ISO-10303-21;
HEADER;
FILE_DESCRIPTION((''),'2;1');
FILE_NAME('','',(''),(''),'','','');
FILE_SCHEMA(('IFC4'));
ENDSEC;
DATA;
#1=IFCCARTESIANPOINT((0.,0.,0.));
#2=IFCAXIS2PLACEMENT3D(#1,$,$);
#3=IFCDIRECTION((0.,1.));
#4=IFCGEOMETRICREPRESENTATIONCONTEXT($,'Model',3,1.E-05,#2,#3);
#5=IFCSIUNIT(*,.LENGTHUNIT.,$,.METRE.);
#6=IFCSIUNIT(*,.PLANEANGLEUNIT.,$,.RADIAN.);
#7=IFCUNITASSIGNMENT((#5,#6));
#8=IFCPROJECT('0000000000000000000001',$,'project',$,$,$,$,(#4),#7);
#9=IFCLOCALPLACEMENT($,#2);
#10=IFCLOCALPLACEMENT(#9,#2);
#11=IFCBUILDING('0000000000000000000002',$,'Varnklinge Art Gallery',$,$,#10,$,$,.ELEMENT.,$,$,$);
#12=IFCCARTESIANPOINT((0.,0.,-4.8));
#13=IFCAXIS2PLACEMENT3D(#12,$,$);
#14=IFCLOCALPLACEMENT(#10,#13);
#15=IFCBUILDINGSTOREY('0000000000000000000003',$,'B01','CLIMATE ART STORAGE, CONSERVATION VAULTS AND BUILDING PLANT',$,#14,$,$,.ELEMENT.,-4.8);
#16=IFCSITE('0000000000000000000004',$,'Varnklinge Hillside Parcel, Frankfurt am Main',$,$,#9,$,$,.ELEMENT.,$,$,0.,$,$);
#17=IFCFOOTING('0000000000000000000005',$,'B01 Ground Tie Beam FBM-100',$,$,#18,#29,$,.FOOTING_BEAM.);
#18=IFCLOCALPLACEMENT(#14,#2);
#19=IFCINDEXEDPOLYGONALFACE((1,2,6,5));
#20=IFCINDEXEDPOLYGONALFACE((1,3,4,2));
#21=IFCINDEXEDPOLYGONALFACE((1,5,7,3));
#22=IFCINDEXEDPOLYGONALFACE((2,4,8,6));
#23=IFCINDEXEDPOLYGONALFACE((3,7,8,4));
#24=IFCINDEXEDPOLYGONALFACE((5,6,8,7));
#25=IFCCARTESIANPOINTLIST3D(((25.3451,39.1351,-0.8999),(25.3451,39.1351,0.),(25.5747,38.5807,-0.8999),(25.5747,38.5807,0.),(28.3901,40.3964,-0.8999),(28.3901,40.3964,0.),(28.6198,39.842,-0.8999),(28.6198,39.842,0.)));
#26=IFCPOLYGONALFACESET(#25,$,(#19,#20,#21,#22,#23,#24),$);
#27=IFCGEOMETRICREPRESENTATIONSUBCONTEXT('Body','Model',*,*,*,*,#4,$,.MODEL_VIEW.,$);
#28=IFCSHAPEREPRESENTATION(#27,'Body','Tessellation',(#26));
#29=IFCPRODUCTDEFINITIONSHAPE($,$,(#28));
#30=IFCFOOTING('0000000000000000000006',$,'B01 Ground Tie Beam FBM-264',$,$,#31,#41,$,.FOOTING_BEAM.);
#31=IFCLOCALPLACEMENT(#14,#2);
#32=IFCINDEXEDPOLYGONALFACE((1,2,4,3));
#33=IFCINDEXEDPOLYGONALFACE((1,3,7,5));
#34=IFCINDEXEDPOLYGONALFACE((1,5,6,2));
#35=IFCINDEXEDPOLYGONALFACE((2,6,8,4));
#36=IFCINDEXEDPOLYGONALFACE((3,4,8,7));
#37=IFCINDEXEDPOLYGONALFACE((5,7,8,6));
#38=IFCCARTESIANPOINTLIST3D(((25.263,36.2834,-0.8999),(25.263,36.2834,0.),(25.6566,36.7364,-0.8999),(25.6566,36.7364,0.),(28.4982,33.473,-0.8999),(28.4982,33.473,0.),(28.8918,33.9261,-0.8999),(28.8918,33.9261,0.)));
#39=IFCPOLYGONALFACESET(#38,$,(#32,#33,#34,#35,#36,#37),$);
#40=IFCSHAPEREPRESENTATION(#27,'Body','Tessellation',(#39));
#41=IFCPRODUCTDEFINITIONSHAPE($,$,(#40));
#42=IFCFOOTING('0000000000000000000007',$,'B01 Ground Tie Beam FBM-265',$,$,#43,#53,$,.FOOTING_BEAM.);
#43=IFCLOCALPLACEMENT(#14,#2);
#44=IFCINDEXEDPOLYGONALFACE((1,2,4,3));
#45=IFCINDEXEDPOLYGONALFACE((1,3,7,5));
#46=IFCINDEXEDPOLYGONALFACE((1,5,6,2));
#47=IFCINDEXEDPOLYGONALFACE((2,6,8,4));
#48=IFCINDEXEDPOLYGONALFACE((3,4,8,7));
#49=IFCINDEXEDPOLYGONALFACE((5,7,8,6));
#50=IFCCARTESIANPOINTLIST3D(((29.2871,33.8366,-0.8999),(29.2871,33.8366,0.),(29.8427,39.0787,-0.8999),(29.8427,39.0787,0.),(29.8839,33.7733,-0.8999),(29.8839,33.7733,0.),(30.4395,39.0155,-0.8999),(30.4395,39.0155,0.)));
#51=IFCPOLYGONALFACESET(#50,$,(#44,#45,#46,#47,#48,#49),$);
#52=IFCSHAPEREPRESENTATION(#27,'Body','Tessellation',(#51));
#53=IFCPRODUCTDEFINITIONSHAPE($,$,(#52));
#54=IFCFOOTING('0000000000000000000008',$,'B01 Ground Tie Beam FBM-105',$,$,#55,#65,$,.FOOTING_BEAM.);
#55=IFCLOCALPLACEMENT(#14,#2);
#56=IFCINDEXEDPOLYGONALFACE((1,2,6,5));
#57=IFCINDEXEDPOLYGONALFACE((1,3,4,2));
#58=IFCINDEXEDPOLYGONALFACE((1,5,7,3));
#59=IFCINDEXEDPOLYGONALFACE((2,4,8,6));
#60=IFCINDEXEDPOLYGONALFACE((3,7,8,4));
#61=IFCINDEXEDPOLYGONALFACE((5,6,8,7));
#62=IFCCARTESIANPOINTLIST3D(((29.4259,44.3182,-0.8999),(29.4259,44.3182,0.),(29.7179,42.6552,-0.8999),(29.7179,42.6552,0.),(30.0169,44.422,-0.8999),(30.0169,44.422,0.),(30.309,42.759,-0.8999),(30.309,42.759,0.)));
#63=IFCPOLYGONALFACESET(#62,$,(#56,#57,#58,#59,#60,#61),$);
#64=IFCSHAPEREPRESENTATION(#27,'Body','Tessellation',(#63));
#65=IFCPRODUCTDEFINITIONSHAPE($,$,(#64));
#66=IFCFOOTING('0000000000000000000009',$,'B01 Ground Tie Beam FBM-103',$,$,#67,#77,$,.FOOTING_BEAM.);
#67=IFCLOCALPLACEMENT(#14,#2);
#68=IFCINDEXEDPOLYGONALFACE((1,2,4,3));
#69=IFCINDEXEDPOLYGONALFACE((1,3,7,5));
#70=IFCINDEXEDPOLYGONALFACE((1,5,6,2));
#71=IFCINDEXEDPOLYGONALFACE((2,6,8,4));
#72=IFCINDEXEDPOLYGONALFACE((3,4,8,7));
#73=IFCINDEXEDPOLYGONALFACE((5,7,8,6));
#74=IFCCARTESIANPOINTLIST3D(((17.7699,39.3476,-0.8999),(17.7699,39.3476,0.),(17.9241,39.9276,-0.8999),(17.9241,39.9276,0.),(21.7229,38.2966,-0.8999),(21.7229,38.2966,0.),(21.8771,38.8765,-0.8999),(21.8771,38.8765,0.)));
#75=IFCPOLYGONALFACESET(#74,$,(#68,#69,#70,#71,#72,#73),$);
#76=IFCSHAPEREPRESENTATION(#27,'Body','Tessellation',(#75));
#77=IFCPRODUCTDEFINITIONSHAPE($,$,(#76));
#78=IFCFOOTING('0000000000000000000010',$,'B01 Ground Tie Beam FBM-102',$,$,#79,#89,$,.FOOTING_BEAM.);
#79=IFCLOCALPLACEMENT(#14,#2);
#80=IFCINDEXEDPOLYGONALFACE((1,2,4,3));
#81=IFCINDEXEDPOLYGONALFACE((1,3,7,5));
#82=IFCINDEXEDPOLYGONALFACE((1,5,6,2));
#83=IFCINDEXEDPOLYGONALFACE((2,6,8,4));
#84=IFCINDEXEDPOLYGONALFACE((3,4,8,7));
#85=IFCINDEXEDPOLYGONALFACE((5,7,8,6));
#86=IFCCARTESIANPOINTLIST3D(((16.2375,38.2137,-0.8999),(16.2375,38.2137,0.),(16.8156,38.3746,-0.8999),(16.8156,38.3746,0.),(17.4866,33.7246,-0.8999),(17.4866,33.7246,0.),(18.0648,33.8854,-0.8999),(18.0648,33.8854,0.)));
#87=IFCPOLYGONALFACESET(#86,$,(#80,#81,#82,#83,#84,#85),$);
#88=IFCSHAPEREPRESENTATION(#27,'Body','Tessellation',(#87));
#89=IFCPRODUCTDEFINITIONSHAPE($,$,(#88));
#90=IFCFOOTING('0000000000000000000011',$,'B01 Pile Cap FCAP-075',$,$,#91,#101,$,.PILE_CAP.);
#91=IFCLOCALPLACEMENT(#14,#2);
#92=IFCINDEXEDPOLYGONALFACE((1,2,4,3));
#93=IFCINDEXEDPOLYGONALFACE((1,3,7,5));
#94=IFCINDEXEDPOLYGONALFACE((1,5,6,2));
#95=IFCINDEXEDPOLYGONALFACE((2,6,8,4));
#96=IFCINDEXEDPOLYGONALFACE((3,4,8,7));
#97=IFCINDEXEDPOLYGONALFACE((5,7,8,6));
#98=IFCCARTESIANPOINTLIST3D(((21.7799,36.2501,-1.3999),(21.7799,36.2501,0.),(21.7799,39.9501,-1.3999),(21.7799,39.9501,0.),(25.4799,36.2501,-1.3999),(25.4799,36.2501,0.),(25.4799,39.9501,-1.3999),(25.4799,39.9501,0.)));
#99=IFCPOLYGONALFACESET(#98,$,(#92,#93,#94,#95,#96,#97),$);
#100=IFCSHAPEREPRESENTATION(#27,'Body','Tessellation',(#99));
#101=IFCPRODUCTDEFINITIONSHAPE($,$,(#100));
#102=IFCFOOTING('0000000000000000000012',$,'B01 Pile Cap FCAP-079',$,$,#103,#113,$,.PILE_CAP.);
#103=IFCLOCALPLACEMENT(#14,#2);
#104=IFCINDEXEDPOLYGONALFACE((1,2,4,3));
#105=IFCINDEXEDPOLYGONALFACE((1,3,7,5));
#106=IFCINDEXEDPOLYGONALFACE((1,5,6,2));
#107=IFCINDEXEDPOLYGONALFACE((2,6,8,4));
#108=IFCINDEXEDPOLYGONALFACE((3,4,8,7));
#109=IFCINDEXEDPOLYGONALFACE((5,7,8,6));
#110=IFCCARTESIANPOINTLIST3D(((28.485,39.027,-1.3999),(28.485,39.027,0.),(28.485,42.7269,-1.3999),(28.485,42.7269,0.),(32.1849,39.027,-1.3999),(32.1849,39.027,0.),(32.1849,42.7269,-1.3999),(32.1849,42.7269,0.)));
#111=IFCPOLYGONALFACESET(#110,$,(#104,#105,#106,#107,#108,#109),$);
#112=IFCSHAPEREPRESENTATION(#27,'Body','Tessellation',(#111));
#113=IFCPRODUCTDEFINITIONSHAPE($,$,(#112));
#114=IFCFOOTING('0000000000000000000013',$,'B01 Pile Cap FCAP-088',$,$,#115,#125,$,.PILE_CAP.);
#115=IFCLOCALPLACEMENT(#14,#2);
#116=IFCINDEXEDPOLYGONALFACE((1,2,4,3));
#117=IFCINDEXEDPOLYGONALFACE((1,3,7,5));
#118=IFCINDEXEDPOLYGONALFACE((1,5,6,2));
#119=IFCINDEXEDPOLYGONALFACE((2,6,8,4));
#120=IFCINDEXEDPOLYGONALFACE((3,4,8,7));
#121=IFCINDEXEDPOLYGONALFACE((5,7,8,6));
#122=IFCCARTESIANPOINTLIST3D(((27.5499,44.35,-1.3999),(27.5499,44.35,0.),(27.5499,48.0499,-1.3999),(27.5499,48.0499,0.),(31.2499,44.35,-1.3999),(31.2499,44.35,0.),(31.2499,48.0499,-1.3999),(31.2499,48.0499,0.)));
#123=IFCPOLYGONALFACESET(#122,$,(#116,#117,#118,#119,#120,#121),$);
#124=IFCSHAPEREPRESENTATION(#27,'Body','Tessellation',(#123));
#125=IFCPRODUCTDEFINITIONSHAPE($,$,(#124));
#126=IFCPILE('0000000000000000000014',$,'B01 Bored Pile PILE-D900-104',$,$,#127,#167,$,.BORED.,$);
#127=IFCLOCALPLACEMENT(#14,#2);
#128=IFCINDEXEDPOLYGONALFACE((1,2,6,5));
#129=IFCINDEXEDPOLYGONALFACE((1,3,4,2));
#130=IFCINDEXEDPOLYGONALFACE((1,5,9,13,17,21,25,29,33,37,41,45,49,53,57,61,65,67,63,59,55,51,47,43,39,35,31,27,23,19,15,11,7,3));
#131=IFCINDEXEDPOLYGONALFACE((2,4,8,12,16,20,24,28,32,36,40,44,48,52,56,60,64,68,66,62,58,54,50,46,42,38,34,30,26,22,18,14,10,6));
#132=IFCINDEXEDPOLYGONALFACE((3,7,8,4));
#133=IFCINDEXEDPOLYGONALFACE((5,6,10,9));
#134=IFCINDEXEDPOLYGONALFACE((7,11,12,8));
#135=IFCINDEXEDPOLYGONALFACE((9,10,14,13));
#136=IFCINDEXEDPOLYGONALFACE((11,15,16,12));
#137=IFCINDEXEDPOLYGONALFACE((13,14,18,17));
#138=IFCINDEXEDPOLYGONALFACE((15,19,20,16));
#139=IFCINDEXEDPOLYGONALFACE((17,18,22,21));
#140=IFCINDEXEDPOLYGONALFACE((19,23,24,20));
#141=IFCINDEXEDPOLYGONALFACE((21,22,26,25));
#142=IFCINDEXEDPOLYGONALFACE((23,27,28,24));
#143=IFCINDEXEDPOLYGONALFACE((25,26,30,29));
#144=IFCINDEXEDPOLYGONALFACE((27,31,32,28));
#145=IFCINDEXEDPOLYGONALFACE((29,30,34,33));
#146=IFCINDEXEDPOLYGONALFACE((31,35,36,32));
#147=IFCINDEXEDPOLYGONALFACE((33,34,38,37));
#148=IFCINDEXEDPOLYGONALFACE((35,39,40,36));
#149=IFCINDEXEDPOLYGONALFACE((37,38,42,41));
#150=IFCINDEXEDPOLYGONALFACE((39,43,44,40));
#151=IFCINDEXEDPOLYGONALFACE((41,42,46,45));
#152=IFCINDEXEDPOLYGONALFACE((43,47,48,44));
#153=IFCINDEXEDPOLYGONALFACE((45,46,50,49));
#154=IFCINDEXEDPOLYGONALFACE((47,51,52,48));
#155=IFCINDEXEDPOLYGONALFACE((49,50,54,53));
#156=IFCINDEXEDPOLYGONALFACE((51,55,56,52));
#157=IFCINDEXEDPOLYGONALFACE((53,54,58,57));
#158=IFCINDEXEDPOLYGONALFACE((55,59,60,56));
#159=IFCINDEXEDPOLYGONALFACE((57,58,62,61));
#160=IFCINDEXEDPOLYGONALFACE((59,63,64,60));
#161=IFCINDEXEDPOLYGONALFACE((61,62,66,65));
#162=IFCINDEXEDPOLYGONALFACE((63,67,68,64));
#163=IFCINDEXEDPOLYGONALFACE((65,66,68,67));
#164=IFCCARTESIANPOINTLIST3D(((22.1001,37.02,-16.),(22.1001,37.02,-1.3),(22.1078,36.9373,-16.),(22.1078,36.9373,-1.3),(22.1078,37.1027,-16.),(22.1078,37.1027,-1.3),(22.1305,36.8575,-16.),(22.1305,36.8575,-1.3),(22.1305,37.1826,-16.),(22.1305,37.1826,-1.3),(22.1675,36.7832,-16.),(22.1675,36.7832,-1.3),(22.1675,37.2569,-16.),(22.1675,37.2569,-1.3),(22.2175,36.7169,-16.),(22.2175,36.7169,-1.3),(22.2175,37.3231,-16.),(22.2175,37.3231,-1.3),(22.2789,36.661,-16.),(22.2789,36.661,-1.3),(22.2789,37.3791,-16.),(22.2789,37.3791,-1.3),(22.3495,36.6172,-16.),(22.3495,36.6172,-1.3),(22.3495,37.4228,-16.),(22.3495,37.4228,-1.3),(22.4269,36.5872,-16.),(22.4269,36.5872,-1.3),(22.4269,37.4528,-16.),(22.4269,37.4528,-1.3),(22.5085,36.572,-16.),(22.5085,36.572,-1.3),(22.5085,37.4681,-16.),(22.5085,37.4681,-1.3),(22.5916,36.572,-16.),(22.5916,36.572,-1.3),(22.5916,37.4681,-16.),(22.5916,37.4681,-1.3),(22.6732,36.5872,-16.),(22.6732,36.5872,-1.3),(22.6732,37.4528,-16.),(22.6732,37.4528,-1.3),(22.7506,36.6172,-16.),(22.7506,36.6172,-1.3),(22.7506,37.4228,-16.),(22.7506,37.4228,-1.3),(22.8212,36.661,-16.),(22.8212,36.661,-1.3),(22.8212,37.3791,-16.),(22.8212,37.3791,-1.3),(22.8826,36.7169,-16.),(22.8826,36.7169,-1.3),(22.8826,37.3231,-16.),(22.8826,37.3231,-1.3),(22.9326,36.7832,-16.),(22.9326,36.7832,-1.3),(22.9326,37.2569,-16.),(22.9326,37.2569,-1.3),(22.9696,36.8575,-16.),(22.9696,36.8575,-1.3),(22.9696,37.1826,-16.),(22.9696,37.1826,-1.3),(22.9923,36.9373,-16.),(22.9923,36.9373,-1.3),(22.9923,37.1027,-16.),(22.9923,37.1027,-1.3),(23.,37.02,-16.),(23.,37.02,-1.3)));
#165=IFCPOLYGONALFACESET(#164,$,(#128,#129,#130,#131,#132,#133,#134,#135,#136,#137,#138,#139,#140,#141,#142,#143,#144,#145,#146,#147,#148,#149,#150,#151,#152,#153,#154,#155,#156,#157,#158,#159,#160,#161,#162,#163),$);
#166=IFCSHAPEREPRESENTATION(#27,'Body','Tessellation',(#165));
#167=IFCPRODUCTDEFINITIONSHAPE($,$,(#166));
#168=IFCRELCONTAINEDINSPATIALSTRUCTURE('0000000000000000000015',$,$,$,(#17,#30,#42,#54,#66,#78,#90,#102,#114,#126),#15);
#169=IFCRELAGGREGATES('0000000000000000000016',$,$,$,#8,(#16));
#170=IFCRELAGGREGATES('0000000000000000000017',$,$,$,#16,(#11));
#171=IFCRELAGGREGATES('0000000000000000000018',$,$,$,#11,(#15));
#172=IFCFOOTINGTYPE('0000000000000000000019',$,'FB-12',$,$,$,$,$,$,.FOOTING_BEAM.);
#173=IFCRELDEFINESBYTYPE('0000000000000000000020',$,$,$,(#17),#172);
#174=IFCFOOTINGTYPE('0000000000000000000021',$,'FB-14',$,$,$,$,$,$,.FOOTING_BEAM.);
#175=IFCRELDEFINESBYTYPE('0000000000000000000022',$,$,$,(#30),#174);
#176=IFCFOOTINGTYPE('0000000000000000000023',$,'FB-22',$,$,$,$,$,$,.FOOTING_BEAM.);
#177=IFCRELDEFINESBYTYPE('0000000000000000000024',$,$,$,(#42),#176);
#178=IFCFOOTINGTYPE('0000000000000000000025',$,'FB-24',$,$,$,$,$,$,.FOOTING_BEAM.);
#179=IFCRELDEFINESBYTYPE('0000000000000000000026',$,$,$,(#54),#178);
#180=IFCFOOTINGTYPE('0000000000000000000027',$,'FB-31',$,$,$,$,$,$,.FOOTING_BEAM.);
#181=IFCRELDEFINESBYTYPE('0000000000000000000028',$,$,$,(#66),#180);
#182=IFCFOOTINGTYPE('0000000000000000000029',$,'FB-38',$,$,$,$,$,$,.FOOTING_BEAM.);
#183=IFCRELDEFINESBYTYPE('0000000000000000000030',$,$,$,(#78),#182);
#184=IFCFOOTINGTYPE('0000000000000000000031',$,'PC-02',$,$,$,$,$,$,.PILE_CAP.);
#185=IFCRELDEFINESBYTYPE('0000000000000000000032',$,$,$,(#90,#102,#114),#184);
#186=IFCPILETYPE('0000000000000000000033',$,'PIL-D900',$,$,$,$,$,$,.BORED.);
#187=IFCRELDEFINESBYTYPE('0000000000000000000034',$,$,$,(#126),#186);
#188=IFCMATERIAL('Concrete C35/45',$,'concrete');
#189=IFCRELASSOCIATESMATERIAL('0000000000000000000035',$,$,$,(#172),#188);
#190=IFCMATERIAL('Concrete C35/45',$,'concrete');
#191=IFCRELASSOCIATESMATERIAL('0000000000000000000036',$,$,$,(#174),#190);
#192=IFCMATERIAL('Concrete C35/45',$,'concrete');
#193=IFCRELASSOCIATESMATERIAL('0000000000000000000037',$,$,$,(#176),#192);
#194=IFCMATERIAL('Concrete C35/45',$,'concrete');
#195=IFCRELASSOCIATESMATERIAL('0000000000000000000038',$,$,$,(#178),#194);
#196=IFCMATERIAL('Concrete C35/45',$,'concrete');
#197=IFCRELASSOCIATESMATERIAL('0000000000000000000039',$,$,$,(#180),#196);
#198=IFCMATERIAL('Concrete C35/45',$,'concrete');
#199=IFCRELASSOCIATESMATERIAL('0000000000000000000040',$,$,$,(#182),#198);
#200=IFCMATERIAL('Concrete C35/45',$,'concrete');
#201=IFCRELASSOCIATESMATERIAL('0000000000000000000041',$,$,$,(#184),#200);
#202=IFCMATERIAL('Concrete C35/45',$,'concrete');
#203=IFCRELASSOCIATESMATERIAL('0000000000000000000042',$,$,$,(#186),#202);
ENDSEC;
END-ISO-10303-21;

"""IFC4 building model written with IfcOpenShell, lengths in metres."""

from ifc_helpers import new_model, si_unit, direction, frame, origin, origin_2d, place, context, subcontext, project, spatial, rectangle, circle, extrude, material, material_profile, profile_set, type_object, element, save


model = new_model("IFC4")

# Units and contexts
model_context = context("Model", 3, precision=1e-05, world=origin(), true_north=direction((0.0, 1.0)))
body_context = subcontext(model_context, "Body", "Model", "MODEL_VIEW")
ifc_project = project(units=[si_unit("LENGTHUNIT", "METRE"), si_unit("PLANEANGLEUNIT", "RADIAN")], contexts=[model_context])

# Site, building, storey
site_placement = place(None, origin())
site = spatial("IfcSite", under=ifc_project, at=site_placement, Name="Varnklinge Hillside Parcel, Frankfurt am Main", CompositionType="ELEMENT", RefElevation=0.0)
building_placement = place(site_placement, origin())
building = spatial("IfcBuilding", under=site, at=building_placement, Name="Varnklinge Art Gallery", CompositionType="ELEMENT")
storey_placement = place(building_placement, frame((0.0, 0.0, -4.8)))
storey = spatial("IfcBuildingStorey", under=building, at=storey_placement, Name="B01", Description="CLIMATE ART STORAGE, CONSERVATION VAULTS AND BUILDING PLANT", CompositionType="ELEMENT", Elevation=-4.8)

# Footings
ifc_material_1 = material(Name="Concrete C35/45", Category="concrete")
footing_type_1 = type_object("IfcFootingType", Name="FB-12", PredefinedType="FOOTING_BEAM", material=ifc_material_1)
footing_1_placement = place(storey_placement, frame((26.9824, 39.4885, -0.8999), z_axis=(0.0, 0.0, 1.0), x_axis=(0.92388, 0.382683, 0.0)))
element("IfcFooting", 1, at=footing_1_placement, inside=storey, type_object=footing_type_1, Name="B01 Ground Tie Beam FBM-100", PredefinedType="FOOTING_BEAM", context=body_context, shape_type="SweptSolid", body=[
    extrude(rectangle(XDim=3.2959, YDim=0.6001, at=origin_2d()), origin(), (0.0, 0.0, 1.0), 0.8999),
])
ifc_material_2 = material(Name="Concrete C35/45", Category="concrete")
footing_type_2 = type_object("IfcFootingType", Name="FB-14", PredefinedType="FOOTING_BEAM", material=ifc_material_2)
footing_2_placement = place(storey_placement, frame((27.0774, 35.1047, -0.8999), z_axis=(0.0, 0.0, 1.0), x_axis=(-0.754939, 0.655796, 0.0)))
element("IfcFooting", 2, at=footing_2_placement, inside=storey, type_object=footing_type_2, Name="B01 Ground Tie Beam FBM-264", PredefinedType="FOOTING_BEAM", context=body_context, shape_type="SweptSolid", body=[
    extrude(rectangle(XDim=4.2854, YDim=0.6001, at=origin_2d()), origin(), (0.0, 0.0, 1.0), 0.8999),
])
ifc_material_3 = material(Name="Concrete C35/45", Category="concrete")
footing_type_3 = type_object("IfcFootingType", Name="FB-22", PredefinedType="FOOTING_BEAM", material=ifc_material_3)
footing_3_placement = place(storey_placement, frame((29.8633, 36.426, -0.8999), z_axis=(0.0, 0.0, 1.0), x_axis=(0.105396, 0.99443, 0.0)))
element("IfcFooting", 3, at=footing_3_placement, inside=storey, type_object=footing_type_3, Name="B01 Ground Tie Beam FBM-265", PredefinedType="FOOTING_BEAM", context=body_context, shape_type="SweptSolid", body=[
    extrude(rectangle(XDim=5.2715, YDim=0.6001, at=origin_2d()), origin(), (0.0, 0.0, 1.0), 0.8999),
])
ifc_material_4 = material(Name="Concrete C35/45", Category="concrete")
footing_type_4 = type_object("IfcFootingType", Name="FB-24", PredefinedType="FOOTING_BEAM", material=ifc_material_4)
footing_4_placement = place(storey_placement, frame((29.8674, 43.5386, -0.8999), z_axis=(0.0, 0.0, 1.0), x_axis=(-0.172961, 0.984929, 0.0)))
element("IfcFooting", 4, at=footing_4_placement, inside=storey, type_object=footing_type_4, Name="B01 Ground Tie Beam FBM-105", PredefinedType="FOOTING_BEAM", context=body_context, shape_type="SweptSolid", body=[
    extrude(rectangle(XDim=1.6885, YDim=0.6001, at=origin_2d()), origin(), (0.0, 0.0, 1.0), 0.8999),
])
ifc_material_5 = material(Name="Concrete C35/45", Category="concrete")
footing_type_5 = type_object("IfcFootingType", Name="FB-31", PredefinedType="FOOTING_BEAM", material=ifc_material_5)
footing_5_placement = place(storey_placement, frame((19.8235, 39.1121, -0.8999), z_axis=(0.0, 0.0, 1.0), x_axis=(0.966421, -0.256964, 0.0)))
element("IfcFooting", 5, at=footing_5_placement, inside=storey, type_object=footing_type_5, Name="B01 Ground Tie Beam FBM-103", PredefinedType="FOOTING_BEAM", context=body_context, shape_type="SweptSolid", body=[
    extrude(rectangle(XDim=4.0903, YDim=0.6001, at=origin_2d()), origin(), (0.0, 0.0, 1.0), 0.8999),
])
ifc_material_6 = material(Name="Concrete C35/45", Category="concrete")
footing_type_6 = type_object("IfcFootingType", Name="FB-38", PredefinedType="FOOTING_BEAM", material=ifc_material_6)
footing_6_placement = place(storey_placement, frame((17.1511, 36.0496, -0.8999), z_axis=(0.0, 0.0, 1.0), x_axis=(0.268079, -0.963397, 0.0)))
element("IfcFooting", 6, at=footing_6_placement, inside=storey, type_object=footing_type_6, Name="B01 Ground Tie Beam FBM-102", PredefinedType="FOOTING_BEAM", context=body_context, shape_type="SweptSolid", body=[
    extrude(rectangle(XDim=4.6597, YDim=0.6001, at=origin_2d()), origin(), (0.0, 0.0, 1.0), 0.8999),
])
ifc_material_7 = material(Name="Concrete C35/45", Category="concrete")
footing_type_7 = type_object("IfcFootingType", Name="PC-02", PredefinedType="PILE_CAP", material=ifc_material_7)
for number, where, z_axis, x_axis, name in (
    (7, (23.6299, 38.1001, -1.3999), (0.0, 0.0, 1.0), (1.0, 0.0, 0.0), "B01 Pile Cap FCAP-075"),
    (8, (30.335, 40.877, -1.3999), (0.0, 0.0, 1.0), (1.0, 0.0, 0.0), "B01 Pile Cap FCAP-079"),
    (9, (29.3999, 46.2, -1.3999), (0.0, 0.0, 1.0), (1.0, 0.0, 0.0), "B01 Pile Cap FCAP-088"),
):
    element("IfcFooting", number, at=place(storey_placement, frame(where, z_axis=z_axis, x_axis=x_axis)), inside=storey, type_object=footing_type_7, Name=name, PredefinedType="PILE_CAP", context=body_context, shape_type="SweptSolid", body=[
        extrude(rectangle(XDim=3.7, YDim=3.7, at=origin_2d()), origin(), (0.0, 0.0, 1.0), 1.3999),
    ])

# Pile
ifc_material_8 = material(Name="Concrete C35/45", Category="concrete")
ifc_material_profile_1 = material_profile(ifc_material_8, circle(Radius=0.45, at=origin_2d()), Name="PILE D900")
ifc_profile_set_1 = profile_set([ifc_material_profile_1], Name="Concrete C35/45")
pile_type = type_object("IfcPileType", Name="PIL-D900", PredefinedType="BORED", material=ifc_profile_set_1)
for number, where, z_axis, x_axis, name in (
    (10, (22.55, 37.02, -1.3), (0.0, 0.0, -1.0), (1.0, 0.0, 0.0), "B01 Bored Pile PILE-D900-104"),
):
    element("IfcPile", number, at=place(storey_placement, frame(where, z_axis=z_axis, x_axis=x_axis)), inside=storey, type_object=pile_type, Name=name, PredefinedType="BORED", context=body_context, shape_type="SweptSolid", body=[
        extrude(circle(Radius=0.45, at=origin_2d()), origin(), (0.0, 0.0, 1.0), 14.7),
    ])

save(model, "model.ifc")
